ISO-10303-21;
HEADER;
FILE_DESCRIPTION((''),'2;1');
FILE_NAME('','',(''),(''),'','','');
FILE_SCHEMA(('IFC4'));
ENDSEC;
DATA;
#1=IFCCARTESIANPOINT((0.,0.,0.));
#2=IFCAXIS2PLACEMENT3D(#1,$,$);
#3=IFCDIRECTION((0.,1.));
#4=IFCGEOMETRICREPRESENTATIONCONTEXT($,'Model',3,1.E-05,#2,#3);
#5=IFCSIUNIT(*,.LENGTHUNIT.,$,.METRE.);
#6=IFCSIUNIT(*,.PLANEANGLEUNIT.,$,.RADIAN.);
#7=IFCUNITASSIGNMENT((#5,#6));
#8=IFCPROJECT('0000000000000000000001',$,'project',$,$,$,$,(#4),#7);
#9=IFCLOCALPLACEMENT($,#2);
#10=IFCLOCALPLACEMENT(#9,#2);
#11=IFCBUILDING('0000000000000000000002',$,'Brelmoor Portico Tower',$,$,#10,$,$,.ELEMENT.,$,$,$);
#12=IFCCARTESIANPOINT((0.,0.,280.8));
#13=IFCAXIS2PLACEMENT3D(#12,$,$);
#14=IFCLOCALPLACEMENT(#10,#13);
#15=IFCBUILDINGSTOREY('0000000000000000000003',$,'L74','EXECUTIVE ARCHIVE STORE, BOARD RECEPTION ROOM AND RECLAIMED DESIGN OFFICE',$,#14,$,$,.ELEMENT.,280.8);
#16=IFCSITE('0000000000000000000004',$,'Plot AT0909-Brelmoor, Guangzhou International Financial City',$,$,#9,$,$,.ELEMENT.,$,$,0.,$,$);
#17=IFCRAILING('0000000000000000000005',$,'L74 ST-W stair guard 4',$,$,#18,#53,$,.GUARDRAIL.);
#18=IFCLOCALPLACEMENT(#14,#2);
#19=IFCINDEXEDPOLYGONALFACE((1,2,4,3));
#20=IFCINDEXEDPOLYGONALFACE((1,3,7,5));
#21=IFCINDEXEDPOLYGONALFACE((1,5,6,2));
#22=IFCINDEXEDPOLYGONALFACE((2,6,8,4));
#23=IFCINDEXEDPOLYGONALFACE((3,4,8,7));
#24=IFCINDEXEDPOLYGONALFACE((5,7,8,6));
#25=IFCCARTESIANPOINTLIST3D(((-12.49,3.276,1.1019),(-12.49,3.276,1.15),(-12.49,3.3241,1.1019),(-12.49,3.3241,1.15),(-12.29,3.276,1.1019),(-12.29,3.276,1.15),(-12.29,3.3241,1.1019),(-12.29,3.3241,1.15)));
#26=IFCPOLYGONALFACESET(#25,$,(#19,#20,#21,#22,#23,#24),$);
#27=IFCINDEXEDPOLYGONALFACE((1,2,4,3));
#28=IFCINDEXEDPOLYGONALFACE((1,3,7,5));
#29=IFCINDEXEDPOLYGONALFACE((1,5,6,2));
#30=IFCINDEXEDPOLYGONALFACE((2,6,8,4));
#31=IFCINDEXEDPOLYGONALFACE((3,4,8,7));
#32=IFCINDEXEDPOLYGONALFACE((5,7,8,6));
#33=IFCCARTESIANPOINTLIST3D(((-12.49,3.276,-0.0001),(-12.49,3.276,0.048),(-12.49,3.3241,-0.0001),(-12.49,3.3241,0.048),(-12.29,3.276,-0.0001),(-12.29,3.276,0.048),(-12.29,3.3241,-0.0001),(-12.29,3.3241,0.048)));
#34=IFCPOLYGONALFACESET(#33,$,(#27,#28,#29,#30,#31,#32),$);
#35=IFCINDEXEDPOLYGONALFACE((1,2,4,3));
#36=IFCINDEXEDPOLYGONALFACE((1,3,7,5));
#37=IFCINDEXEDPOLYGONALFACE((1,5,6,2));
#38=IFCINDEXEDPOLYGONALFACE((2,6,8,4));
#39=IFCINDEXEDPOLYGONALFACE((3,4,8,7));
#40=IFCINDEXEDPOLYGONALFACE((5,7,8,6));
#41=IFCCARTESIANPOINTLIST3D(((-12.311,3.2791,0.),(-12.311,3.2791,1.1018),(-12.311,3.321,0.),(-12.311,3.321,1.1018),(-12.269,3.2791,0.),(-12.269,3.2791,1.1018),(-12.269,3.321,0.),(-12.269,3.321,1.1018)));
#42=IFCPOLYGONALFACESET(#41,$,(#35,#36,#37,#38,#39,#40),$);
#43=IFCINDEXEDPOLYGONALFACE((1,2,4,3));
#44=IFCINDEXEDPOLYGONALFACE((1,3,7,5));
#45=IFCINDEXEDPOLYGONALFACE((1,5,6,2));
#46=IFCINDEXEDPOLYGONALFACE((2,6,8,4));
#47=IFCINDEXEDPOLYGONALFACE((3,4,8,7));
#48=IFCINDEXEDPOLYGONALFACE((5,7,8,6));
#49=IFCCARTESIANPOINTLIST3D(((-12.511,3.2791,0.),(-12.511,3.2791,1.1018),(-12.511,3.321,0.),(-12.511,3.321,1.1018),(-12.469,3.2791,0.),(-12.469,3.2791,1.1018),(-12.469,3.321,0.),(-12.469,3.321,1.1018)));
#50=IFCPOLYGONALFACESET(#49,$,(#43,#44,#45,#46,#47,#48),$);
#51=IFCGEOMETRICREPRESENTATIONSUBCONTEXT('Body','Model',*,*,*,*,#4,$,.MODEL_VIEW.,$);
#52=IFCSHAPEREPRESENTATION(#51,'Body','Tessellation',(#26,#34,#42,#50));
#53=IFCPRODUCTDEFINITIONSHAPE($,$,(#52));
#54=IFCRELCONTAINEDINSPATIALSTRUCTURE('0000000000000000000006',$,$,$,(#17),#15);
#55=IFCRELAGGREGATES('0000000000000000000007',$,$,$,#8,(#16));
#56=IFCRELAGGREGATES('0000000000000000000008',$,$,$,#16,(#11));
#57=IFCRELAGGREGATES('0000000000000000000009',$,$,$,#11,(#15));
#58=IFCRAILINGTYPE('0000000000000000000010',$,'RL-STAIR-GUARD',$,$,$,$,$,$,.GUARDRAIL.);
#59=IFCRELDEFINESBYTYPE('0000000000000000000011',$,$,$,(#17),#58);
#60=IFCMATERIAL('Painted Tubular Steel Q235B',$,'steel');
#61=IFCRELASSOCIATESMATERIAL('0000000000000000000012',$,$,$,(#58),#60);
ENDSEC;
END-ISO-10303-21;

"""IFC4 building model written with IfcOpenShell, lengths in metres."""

from ifc_helpers import new_model, si_unit, direction, frame, origin, origin_2d, place, context, subcontext, project, spatial, rectangle, extrude, material, type_object, element, save


model = new_model("IFC4")

# Units and contexts
model_context = context("Model", 3, precision=1e-05, world=origin(), true_north=direction((0.0, 1.0)))
body_context = subcontext(model_context, "Body", "Model", "MODEL_VIEW")
ifc_project = project(units=[si_unit("LENGTHUNIT", "METRE"), si_unit("PLANEANGLEUNIT", "RADIAN")], contexts=[model_context])

# Site, building, storey
site_placement = place(None, origin())
site = spatial("IfcSite", under=ifc_project, at=site_placement, Name="Plot AT0909-Brelmoor, Guangzhou International Financial City", CompositionType="ELEMENT", RefElevation=0.0)
building_placement = place(site_placement, origin())
building = spatial("IfcBuilding", under=site, at=building_placement, Name="Brelmoor Portico Tower", CompositionType="ELEMENT")
storey_placement = place(building_placement, frame((0.0, 0.0, 280.8)))
storey = spatial("IfcBuildingStorey", under=building, at=storey_placement, Name="L74", Description="EXECUTIVE ARCHIVE STORE, BOARD RECEPTION ROOM AND RECLAIMED DESIGN OFFICE", CompositionType="ELEMENT", Elevation=280.8)

# Railing
ifc_material_1 = material(Name="Painted Tubular Steel Q235B", Category="steel")
railing_type = type_object("IfcRailingType", Name="RL-STAIR-GUARD", PredefinedType="GUARDRAIL", material=ifc_material_1)
railing_1_placement = place(storey_placement, frame((-12.29, 3.3, 0.0)))
element("IfcRailing", 1, at=railing_1_placement, inside=storey, type_object=railing_type, Name="L74 ST-W stair guard 4", PredefinedType="GUARDRAIL", context=body_context, shape_type="SweptSolid", body=[
    extrude(rectangle(XDim=0.0481, YDim=0.0481, at=origin_2d()), frame((0.0, 0.0, 1.126), z_axis=(-1.0, 0.0, 0.0), x_axis=(0.0, -1.0, 0.0)), (0.0, 0.0, 1.0), 0.2),
    extrude(rectangle(XDim=0.0481, YDim=0.0481, at=origin_2d()), frame((0.0, 0.0, 0.0239), z_axis=(-1.0, 0.0, 0.0), x_axis=(0.0, -1.0, 0.0)), (0.0, 0.0, 1.0), 0.2),
    extrude(rectangle(XDim=0.042, YDim=0.042, at=origin_2d()), origin(), (0.0, 0.0, 1.0), 1.1018),
    extrude(rectangle(XDim=0.042, YDim=0.042, at=origin_2d()), frame((-0.2, 0.0, 0.0)), (0.0, 0.0, 1.0), 1.1018),
])

save(model, "model.ifc")
